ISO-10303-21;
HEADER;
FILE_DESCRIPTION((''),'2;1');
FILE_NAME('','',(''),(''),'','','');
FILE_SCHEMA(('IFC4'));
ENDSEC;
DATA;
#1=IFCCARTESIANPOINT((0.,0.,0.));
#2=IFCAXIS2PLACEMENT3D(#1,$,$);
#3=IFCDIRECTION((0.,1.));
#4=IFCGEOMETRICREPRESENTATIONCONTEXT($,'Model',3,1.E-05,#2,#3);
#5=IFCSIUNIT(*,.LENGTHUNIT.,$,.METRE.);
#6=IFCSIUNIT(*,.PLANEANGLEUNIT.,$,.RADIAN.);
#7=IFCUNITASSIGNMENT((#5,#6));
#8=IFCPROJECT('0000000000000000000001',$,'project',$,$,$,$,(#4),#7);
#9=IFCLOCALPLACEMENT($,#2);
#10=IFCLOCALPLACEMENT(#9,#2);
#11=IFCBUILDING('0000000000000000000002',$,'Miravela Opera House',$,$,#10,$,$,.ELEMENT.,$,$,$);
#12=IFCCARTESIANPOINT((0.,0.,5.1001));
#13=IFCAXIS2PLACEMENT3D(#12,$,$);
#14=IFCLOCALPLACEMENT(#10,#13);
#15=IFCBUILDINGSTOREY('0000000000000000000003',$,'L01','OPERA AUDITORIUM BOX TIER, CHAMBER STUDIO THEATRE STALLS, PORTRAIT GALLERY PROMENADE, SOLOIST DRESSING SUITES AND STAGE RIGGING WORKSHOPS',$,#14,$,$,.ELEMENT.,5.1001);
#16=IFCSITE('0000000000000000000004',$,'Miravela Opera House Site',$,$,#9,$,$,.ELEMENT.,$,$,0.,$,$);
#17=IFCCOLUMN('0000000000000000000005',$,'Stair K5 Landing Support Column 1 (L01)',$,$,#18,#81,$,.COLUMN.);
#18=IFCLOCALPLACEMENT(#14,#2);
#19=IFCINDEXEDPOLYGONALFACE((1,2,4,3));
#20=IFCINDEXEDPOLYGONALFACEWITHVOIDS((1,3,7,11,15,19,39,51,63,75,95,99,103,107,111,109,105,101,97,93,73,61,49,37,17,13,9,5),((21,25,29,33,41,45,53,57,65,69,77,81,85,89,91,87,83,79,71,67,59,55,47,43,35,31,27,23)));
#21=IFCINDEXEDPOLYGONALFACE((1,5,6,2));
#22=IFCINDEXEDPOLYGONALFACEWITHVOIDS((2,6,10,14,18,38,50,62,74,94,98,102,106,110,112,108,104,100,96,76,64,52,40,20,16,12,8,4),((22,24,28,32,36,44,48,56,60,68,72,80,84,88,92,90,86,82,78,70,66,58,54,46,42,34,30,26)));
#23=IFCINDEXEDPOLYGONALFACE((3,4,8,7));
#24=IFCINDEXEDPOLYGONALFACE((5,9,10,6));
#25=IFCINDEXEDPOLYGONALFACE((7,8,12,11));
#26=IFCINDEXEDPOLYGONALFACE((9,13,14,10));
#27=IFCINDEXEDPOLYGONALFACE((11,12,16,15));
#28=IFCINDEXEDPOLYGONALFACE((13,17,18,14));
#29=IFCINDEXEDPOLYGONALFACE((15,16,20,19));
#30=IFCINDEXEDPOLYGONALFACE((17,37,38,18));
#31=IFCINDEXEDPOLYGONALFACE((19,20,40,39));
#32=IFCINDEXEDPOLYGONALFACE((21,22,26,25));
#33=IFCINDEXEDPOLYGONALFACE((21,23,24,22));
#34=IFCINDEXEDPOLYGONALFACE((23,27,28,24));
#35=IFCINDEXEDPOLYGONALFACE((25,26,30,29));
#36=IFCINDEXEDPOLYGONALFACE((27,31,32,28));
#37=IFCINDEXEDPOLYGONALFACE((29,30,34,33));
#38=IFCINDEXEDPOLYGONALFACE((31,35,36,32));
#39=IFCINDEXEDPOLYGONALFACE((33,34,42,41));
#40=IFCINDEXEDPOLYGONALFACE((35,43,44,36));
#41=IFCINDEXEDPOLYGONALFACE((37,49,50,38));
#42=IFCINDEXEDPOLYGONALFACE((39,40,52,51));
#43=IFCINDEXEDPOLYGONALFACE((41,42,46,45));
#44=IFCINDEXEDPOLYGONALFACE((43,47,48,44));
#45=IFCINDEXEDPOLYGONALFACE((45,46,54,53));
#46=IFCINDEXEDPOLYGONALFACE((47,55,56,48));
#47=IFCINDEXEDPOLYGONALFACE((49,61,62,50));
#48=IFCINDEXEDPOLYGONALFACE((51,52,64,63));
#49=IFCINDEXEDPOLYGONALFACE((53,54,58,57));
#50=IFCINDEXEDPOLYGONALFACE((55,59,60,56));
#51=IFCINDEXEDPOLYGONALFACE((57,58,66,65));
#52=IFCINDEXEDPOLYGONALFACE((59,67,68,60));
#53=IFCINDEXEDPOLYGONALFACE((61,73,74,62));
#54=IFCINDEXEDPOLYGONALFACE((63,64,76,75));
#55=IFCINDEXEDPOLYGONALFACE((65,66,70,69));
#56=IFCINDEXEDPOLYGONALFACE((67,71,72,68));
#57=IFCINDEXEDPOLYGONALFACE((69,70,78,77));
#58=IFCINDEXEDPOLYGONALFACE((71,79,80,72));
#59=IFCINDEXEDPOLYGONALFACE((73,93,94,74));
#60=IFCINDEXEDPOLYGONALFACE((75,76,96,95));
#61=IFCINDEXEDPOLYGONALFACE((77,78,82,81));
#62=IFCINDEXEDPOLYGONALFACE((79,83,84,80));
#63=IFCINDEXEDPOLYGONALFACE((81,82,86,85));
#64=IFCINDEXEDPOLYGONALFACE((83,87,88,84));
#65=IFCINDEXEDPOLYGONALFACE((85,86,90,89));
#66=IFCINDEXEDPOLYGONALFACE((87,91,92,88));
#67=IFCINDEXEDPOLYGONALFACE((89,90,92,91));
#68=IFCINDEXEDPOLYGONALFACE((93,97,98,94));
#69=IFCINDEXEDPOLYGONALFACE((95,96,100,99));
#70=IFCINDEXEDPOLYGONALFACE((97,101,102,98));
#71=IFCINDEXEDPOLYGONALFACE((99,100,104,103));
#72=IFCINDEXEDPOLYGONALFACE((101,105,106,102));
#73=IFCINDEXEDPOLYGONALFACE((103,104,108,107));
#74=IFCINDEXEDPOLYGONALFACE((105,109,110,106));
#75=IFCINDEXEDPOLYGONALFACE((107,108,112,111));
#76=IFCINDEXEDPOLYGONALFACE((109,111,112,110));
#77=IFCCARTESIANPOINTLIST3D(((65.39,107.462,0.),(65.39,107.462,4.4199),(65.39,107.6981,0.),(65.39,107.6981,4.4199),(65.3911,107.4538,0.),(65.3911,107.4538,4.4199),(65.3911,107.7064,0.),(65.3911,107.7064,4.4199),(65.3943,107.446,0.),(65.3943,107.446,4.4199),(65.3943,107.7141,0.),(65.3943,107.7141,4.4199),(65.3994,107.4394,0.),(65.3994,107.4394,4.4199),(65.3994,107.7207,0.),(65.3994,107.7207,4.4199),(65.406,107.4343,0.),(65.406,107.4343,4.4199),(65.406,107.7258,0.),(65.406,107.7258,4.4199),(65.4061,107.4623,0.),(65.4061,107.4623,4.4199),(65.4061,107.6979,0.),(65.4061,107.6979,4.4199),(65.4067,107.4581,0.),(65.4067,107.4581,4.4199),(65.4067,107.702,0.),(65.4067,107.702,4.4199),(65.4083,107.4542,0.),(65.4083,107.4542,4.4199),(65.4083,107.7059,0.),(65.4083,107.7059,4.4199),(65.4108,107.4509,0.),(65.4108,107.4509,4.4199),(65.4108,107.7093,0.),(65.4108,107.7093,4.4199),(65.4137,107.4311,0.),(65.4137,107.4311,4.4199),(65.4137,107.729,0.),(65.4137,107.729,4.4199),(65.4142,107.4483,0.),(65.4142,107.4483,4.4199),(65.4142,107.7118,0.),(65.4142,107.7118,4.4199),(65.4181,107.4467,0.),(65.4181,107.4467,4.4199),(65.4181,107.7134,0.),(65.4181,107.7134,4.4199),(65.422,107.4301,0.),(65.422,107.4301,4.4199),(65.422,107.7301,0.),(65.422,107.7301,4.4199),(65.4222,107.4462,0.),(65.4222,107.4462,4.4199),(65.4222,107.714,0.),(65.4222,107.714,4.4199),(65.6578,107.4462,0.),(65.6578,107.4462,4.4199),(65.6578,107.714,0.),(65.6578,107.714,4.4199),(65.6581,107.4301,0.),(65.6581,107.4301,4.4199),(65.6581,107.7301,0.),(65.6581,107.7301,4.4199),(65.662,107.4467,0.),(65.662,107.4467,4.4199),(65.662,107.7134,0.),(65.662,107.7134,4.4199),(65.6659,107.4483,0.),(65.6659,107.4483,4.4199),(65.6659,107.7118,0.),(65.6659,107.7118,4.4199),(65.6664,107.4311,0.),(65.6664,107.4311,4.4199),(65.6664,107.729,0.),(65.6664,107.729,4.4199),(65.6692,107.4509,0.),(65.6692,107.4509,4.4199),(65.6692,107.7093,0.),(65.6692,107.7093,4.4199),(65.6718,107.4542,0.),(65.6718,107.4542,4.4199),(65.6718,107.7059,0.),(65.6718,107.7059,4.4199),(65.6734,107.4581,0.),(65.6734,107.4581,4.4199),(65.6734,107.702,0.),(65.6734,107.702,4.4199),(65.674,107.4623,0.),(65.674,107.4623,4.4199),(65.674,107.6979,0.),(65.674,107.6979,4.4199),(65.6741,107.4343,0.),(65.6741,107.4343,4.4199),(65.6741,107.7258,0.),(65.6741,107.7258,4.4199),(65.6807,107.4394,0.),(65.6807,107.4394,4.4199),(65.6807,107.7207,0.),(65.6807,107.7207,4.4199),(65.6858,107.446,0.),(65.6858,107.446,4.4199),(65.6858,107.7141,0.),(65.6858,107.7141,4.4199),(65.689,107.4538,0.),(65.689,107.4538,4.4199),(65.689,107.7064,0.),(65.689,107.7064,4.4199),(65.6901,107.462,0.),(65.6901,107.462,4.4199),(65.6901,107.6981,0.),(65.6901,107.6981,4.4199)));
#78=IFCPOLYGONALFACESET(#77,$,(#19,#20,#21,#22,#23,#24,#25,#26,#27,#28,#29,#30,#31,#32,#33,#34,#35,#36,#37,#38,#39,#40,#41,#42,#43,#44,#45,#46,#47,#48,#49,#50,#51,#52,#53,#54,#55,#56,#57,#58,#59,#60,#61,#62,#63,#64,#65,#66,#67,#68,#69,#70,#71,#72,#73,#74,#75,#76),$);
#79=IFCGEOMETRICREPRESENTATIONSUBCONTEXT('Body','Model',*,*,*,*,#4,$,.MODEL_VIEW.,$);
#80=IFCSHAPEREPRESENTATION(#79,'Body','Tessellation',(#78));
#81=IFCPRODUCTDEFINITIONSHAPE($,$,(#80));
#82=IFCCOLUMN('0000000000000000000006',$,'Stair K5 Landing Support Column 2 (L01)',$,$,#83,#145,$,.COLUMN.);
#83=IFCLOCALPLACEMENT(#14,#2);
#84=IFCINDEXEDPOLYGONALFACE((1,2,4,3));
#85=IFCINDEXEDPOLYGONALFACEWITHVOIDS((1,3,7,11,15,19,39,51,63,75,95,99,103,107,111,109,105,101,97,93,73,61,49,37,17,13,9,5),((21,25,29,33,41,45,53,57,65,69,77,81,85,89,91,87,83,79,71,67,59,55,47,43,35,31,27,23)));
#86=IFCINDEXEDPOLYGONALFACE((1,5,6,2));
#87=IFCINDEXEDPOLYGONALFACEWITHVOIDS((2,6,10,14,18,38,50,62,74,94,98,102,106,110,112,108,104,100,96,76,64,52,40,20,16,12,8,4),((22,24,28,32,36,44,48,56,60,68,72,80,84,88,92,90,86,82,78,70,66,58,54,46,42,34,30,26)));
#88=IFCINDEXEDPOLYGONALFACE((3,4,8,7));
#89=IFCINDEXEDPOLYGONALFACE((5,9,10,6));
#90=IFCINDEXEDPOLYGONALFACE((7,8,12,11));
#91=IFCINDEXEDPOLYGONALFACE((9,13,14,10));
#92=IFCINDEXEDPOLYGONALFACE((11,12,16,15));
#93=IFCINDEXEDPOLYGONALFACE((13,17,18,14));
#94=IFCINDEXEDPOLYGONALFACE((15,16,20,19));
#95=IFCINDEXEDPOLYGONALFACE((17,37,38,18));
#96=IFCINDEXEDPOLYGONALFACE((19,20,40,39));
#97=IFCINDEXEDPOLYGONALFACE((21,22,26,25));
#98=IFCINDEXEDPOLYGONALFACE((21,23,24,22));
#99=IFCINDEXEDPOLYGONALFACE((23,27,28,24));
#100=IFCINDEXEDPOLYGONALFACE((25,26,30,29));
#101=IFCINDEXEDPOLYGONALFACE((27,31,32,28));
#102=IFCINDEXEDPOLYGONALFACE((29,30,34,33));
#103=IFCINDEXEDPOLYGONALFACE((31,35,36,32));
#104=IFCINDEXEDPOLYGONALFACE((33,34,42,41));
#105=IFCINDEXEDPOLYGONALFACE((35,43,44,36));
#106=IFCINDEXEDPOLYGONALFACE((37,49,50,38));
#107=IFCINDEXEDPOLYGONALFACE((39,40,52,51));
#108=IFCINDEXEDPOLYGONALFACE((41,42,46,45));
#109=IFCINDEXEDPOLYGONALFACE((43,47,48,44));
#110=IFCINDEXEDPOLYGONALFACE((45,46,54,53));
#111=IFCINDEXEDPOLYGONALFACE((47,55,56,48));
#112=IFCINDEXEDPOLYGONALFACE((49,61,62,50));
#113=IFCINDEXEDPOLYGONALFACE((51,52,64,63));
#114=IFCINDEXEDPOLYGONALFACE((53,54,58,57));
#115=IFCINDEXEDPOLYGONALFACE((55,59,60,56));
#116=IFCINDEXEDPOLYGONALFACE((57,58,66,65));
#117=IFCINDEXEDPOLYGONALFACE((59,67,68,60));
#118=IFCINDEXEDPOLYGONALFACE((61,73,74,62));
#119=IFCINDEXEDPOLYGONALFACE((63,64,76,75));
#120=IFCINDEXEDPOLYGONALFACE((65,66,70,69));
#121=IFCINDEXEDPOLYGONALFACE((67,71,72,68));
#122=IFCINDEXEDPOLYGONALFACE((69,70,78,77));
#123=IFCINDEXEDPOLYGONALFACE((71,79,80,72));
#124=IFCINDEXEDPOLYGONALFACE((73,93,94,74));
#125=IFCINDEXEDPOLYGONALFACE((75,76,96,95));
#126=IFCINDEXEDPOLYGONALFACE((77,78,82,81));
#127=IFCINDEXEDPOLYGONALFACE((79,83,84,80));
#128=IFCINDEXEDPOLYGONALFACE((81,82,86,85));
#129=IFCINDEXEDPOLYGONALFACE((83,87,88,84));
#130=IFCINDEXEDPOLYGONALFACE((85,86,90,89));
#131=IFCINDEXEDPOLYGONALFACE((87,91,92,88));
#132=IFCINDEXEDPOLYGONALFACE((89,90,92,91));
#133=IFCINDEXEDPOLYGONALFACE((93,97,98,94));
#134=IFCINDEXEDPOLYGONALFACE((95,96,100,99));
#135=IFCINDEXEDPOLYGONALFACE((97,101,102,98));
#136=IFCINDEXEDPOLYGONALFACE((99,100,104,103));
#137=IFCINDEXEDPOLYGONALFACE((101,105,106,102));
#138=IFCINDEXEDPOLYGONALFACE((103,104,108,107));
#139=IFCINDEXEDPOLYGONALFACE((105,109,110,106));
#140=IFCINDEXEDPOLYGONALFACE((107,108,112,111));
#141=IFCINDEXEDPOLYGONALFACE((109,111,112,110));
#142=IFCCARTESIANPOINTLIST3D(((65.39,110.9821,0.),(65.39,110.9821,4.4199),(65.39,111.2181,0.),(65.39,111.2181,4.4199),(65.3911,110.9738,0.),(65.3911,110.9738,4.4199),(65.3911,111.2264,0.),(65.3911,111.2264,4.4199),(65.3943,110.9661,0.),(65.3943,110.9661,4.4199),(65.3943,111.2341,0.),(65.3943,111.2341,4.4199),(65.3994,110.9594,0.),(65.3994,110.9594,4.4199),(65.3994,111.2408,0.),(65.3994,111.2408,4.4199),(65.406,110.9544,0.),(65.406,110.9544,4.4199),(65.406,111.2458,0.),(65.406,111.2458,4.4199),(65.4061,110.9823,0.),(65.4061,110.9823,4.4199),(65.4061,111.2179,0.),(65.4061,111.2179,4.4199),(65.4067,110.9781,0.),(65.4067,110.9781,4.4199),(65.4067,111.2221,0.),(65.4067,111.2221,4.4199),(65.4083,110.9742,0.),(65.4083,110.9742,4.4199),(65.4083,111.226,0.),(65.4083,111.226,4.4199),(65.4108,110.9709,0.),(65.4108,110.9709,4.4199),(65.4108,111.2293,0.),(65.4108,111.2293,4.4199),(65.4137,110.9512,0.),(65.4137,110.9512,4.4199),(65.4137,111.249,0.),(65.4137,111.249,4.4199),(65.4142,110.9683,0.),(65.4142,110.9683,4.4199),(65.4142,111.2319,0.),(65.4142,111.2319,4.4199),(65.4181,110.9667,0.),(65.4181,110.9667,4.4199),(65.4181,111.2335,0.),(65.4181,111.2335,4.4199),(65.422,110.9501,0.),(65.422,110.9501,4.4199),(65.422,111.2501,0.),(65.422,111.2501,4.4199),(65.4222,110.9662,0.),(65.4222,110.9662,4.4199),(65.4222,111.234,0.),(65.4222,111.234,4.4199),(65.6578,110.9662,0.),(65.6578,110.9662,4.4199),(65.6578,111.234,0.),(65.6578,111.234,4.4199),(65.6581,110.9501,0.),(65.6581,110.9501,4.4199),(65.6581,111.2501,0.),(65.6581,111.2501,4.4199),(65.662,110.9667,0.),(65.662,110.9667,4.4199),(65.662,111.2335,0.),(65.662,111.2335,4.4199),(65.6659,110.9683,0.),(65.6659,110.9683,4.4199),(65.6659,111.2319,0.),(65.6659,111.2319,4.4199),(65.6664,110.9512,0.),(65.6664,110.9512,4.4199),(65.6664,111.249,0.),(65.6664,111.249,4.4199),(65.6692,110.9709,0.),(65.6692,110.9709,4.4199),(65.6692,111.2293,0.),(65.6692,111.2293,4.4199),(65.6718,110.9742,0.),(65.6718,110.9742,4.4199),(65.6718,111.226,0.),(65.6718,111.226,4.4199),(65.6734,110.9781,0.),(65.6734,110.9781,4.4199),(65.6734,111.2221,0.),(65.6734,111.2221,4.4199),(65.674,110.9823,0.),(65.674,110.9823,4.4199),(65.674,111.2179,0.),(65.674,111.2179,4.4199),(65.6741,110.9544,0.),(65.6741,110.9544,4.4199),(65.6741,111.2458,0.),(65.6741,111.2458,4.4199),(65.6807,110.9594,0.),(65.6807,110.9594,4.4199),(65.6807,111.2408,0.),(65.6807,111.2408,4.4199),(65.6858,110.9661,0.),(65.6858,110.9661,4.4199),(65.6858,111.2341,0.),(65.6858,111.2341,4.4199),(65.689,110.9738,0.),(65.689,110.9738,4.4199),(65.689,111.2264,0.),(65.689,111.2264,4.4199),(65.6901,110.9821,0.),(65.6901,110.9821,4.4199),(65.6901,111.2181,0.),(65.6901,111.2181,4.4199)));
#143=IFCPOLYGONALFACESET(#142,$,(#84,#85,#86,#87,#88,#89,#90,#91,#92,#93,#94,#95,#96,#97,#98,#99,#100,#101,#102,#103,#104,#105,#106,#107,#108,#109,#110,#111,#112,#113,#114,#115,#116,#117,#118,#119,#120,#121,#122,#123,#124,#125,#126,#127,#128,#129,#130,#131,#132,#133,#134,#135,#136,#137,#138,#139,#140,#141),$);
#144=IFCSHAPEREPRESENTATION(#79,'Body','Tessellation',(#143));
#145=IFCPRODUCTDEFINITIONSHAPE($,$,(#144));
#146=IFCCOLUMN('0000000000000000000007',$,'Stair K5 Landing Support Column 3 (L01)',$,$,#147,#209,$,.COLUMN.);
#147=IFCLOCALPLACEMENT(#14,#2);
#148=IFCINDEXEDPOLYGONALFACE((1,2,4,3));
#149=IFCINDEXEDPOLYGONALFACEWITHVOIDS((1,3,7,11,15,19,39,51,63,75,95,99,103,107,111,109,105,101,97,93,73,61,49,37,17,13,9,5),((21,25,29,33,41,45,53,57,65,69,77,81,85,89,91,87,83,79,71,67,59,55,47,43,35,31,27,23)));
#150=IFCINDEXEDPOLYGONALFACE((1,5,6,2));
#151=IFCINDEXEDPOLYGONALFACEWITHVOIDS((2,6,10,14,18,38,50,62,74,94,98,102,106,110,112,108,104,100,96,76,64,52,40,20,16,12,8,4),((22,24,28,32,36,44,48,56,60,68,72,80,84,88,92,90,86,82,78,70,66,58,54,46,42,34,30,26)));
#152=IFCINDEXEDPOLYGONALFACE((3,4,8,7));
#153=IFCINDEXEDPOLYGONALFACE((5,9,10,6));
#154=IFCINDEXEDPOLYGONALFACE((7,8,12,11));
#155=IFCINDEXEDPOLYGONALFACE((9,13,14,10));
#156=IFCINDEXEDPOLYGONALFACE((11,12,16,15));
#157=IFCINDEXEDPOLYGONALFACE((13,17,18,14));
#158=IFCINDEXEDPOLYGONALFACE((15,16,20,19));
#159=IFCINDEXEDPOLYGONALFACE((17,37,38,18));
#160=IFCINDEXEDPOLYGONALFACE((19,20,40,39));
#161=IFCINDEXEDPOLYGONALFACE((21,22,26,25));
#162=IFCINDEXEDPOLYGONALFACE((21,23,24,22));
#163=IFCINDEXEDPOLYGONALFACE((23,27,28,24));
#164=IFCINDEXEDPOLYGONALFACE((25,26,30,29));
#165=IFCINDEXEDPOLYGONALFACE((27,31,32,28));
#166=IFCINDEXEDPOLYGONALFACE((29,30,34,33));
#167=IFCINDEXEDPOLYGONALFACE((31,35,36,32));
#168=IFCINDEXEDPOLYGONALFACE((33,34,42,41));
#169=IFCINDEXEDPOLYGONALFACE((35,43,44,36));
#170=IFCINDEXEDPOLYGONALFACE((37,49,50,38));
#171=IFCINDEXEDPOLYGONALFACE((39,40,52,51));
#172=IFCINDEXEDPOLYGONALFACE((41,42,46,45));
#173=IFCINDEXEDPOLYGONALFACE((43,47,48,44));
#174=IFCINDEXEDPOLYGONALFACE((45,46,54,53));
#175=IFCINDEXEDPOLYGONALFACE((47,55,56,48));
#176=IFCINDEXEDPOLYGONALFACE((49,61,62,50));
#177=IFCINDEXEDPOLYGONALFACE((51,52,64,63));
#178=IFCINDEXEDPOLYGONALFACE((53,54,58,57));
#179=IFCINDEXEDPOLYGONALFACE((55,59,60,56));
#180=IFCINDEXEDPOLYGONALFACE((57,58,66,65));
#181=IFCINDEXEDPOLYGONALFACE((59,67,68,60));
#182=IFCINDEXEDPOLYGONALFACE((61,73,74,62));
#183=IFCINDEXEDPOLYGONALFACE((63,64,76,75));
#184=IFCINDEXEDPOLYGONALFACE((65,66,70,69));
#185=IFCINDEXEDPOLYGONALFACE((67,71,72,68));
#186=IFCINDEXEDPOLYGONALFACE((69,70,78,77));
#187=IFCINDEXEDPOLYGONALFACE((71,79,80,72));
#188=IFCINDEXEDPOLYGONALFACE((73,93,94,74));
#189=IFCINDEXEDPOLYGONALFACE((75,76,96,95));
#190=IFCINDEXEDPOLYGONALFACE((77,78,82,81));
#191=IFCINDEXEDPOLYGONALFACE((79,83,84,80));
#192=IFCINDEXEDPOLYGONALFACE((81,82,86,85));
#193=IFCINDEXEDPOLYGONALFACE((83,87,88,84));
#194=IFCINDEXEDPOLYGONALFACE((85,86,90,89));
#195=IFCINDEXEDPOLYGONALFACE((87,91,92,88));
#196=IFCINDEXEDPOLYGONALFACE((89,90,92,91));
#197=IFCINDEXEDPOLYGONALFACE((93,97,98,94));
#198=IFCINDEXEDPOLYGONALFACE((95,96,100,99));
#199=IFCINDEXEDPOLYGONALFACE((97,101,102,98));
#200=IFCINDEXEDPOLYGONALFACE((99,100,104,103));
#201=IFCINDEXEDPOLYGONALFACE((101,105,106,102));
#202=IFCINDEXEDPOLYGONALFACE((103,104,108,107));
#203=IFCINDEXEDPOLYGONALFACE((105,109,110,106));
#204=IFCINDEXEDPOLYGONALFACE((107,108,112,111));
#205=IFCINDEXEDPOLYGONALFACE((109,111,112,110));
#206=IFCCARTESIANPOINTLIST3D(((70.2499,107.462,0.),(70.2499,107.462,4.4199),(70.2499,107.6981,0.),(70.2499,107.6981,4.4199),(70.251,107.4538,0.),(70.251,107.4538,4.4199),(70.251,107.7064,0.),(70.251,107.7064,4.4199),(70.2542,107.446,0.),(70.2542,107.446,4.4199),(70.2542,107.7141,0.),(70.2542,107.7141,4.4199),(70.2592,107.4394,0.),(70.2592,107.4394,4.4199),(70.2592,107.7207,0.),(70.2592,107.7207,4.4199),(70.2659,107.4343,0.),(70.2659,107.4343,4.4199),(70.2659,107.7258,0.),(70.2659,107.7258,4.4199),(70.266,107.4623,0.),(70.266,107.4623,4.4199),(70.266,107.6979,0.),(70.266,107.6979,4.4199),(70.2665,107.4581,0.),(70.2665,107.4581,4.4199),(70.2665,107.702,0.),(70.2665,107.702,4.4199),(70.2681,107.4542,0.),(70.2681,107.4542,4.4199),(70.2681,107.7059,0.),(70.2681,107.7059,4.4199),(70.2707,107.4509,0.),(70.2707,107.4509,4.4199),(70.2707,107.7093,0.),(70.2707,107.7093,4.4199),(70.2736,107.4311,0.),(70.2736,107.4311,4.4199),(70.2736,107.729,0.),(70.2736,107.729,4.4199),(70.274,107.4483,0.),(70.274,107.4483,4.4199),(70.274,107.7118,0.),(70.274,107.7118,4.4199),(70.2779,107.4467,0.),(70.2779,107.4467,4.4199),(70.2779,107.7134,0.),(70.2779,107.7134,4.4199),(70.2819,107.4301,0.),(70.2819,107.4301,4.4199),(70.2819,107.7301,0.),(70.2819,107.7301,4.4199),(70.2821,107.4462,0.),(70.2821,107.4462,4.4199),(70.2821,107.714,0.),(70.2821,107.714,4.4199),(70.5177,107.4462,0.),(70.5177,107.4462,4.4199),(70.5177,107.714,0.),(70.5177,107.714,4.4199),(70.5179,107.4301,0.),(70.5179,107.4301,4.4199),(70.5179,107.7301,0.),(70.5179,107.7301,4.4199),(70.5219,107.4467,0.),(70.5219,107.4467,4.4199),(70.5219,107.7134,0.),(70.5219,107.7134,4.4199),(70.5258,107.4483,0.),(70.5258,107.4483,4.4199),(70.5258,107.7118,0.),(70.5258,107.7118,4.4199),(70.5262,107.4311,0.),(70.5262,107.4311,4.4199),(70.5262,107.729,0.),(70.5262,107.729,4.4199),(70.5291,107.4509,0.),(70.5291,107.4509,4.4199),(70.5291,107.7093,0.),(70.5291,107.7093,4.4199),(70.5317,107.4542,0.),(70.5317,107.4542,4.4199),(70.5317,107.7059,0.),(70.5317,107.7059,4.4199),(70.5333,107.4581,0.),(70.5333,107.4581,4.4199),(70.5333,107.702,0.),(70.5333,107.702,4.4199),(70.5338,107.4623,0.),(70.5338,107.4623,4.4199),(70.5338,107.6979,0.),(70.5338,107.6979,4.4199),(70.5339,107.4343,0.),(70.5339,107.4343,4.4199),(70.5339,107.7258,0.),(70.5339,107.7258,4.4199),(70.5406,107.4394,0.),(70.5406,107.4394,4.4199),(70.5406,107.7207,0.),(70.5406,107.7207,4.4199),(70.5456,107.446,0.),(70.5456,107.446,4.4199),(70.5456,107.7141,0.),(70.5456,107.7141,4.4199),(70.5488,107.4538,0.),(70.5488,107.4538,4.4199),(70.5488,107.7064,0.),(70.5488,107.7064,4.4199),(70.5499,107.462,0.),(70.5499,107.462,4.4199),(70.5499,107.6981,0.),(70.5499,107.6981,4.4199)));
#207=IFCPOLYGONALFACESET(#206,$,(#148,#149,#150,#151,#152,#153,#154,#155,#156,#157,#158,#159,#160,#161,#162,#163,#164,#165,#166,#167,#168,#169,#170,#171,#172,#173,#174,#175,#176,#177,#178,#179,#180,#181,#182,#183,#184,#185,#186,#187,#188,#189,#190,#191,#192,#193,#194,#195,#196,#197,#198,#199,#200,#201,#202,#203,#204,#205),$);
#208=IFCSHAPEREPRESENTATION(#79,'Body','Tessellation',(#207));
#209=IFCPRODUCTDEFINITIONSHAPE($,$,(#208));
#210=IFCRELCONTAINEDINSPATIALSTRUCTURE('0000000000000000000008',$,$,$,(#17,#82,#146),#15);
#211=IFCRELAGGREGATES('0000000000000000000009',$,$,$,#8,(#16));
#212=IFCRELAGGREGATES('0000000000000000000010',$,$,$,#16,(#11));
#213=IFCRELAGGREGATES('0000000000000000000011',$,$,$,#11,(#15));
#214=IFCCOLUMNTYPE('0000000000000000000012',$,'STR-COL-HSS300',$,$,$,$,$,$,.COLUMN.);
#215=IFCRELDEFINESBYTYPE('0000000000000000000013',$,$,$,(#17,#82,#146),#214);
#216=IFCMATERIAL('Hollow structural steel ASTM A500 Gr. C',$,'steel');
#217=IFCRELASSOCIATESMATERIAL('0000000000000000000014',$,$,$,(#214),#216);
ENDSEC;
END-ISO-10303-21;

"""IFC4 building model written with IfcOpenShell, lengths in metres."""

from ifc_helpers import new_model, si_unit, direction, frame, origin, origin_2d, place, context, subcontext, project, spatial, hollow_rectangle, extrude, material, material_profile, profile_set, type_object, element, save


model = new_model("IFC4")

# Units and contexts
model_context = context("Model", 3, precision=1e-05, world=origin(), true_north=direction((0.0, 1.0)))
body_context = subcontext(model_context, "Body", "Model", "MODEL_VIEW")
ifc_project = project(units=[si_unit("LENGTHUNIT", "METRE"), si_unit("PLANEANGLEUNIT", "RADIAN")], contexts=[model_context])

# Site, building, storey
site_placement = place(None, origin())
site = spatial("IfcSite", under=ifc_project, at=site_placement, Name="Miravela Opera House Site", CompositionType="ELEMENT", RefElevation=0.0)
building_placement = place(site_placement, origin())
building = spatial("IfcBuilding", under=site, at=building_placement, Name="Miravela Opera House", CompositionType="ELEMENT")
storey_placement = place(building_placement, frame((0.0, 0.0, 5.1001)))
storey = spatial("IfcBuildingStorey", under=building, at=storey_placement, Name="L01", Description="OPERA AUDITORIUM BOX TIER, CHAMBER STUDIO THEATRE STALLS, PORTRAIT GALLERY PROMENADE, SOLOIST DRESSING SUITES AND STAGE RIGGING WORKSHOPS", CompositionType="ELEMENT", Elevation=5.1001)

# Columns
ifc_material_1 = material(Name="Hollow structural steel ASTM A500 Gr. C", Category="steel")
ifc_material_profile_1 = material_profile(ifc_material_1, hollow_rectangle(XDim=0.3, YDim=0.3, WallThickness=0.0161, InnerFilletRadius=0.0161, OuterFilletRadius=0.032, at=origin_2d()), Name="HSS300X300X16")
ifc_profile_set_1 = profile_set([ifc_material_profile_1])
column_type_1 = type_object("IfcColumnType", Name="STR-COL-HSS300", PredefinedType="COLUMN", material=ifc_profile_set_1)
for number, where, z_axis, x_axis, name in (
    (1, (65.54, 107.5801, 0.0), (0.0, 0.0, 1.0), (1.0, 0.0, 0.0), "Stair K5 Landing Support Column 1 (L01)"),
    (2, (65.54, 111.1001, 0.0), (0.0, 0.0, 1.0), (1.0, 0.0, 0.0), "Stair K5 Landing Support Column 2 (L01)"),
    (3, (70.3999, 107.5801, 0.0), (0.0, 0.0, 1.0), (1.0, 0.0, 0.0), "Stair K5 Landing Support Column 3 (L01)"),
):
    element("IfcColumn", number, at=place(storey_placement, frame(where, z_axis=z_axis, x_axis=x_axis)), inside=storey, type_object=column_type_1, Name=name, PredefinedType="COLUMN", context=body_context, shape_type="SweptSolid", body=[
        extrude(hollow_rectangle(XDim=0.3, YDim=0.3, WallThickness=0.0161, InnerFilletRadius=0.0161, OuterFilletRadius=0.032, at=origin_2d()), origin(), (0.0, 0.0, 1.0), 4.4199),
    ])

save(model, "model.ifc")
